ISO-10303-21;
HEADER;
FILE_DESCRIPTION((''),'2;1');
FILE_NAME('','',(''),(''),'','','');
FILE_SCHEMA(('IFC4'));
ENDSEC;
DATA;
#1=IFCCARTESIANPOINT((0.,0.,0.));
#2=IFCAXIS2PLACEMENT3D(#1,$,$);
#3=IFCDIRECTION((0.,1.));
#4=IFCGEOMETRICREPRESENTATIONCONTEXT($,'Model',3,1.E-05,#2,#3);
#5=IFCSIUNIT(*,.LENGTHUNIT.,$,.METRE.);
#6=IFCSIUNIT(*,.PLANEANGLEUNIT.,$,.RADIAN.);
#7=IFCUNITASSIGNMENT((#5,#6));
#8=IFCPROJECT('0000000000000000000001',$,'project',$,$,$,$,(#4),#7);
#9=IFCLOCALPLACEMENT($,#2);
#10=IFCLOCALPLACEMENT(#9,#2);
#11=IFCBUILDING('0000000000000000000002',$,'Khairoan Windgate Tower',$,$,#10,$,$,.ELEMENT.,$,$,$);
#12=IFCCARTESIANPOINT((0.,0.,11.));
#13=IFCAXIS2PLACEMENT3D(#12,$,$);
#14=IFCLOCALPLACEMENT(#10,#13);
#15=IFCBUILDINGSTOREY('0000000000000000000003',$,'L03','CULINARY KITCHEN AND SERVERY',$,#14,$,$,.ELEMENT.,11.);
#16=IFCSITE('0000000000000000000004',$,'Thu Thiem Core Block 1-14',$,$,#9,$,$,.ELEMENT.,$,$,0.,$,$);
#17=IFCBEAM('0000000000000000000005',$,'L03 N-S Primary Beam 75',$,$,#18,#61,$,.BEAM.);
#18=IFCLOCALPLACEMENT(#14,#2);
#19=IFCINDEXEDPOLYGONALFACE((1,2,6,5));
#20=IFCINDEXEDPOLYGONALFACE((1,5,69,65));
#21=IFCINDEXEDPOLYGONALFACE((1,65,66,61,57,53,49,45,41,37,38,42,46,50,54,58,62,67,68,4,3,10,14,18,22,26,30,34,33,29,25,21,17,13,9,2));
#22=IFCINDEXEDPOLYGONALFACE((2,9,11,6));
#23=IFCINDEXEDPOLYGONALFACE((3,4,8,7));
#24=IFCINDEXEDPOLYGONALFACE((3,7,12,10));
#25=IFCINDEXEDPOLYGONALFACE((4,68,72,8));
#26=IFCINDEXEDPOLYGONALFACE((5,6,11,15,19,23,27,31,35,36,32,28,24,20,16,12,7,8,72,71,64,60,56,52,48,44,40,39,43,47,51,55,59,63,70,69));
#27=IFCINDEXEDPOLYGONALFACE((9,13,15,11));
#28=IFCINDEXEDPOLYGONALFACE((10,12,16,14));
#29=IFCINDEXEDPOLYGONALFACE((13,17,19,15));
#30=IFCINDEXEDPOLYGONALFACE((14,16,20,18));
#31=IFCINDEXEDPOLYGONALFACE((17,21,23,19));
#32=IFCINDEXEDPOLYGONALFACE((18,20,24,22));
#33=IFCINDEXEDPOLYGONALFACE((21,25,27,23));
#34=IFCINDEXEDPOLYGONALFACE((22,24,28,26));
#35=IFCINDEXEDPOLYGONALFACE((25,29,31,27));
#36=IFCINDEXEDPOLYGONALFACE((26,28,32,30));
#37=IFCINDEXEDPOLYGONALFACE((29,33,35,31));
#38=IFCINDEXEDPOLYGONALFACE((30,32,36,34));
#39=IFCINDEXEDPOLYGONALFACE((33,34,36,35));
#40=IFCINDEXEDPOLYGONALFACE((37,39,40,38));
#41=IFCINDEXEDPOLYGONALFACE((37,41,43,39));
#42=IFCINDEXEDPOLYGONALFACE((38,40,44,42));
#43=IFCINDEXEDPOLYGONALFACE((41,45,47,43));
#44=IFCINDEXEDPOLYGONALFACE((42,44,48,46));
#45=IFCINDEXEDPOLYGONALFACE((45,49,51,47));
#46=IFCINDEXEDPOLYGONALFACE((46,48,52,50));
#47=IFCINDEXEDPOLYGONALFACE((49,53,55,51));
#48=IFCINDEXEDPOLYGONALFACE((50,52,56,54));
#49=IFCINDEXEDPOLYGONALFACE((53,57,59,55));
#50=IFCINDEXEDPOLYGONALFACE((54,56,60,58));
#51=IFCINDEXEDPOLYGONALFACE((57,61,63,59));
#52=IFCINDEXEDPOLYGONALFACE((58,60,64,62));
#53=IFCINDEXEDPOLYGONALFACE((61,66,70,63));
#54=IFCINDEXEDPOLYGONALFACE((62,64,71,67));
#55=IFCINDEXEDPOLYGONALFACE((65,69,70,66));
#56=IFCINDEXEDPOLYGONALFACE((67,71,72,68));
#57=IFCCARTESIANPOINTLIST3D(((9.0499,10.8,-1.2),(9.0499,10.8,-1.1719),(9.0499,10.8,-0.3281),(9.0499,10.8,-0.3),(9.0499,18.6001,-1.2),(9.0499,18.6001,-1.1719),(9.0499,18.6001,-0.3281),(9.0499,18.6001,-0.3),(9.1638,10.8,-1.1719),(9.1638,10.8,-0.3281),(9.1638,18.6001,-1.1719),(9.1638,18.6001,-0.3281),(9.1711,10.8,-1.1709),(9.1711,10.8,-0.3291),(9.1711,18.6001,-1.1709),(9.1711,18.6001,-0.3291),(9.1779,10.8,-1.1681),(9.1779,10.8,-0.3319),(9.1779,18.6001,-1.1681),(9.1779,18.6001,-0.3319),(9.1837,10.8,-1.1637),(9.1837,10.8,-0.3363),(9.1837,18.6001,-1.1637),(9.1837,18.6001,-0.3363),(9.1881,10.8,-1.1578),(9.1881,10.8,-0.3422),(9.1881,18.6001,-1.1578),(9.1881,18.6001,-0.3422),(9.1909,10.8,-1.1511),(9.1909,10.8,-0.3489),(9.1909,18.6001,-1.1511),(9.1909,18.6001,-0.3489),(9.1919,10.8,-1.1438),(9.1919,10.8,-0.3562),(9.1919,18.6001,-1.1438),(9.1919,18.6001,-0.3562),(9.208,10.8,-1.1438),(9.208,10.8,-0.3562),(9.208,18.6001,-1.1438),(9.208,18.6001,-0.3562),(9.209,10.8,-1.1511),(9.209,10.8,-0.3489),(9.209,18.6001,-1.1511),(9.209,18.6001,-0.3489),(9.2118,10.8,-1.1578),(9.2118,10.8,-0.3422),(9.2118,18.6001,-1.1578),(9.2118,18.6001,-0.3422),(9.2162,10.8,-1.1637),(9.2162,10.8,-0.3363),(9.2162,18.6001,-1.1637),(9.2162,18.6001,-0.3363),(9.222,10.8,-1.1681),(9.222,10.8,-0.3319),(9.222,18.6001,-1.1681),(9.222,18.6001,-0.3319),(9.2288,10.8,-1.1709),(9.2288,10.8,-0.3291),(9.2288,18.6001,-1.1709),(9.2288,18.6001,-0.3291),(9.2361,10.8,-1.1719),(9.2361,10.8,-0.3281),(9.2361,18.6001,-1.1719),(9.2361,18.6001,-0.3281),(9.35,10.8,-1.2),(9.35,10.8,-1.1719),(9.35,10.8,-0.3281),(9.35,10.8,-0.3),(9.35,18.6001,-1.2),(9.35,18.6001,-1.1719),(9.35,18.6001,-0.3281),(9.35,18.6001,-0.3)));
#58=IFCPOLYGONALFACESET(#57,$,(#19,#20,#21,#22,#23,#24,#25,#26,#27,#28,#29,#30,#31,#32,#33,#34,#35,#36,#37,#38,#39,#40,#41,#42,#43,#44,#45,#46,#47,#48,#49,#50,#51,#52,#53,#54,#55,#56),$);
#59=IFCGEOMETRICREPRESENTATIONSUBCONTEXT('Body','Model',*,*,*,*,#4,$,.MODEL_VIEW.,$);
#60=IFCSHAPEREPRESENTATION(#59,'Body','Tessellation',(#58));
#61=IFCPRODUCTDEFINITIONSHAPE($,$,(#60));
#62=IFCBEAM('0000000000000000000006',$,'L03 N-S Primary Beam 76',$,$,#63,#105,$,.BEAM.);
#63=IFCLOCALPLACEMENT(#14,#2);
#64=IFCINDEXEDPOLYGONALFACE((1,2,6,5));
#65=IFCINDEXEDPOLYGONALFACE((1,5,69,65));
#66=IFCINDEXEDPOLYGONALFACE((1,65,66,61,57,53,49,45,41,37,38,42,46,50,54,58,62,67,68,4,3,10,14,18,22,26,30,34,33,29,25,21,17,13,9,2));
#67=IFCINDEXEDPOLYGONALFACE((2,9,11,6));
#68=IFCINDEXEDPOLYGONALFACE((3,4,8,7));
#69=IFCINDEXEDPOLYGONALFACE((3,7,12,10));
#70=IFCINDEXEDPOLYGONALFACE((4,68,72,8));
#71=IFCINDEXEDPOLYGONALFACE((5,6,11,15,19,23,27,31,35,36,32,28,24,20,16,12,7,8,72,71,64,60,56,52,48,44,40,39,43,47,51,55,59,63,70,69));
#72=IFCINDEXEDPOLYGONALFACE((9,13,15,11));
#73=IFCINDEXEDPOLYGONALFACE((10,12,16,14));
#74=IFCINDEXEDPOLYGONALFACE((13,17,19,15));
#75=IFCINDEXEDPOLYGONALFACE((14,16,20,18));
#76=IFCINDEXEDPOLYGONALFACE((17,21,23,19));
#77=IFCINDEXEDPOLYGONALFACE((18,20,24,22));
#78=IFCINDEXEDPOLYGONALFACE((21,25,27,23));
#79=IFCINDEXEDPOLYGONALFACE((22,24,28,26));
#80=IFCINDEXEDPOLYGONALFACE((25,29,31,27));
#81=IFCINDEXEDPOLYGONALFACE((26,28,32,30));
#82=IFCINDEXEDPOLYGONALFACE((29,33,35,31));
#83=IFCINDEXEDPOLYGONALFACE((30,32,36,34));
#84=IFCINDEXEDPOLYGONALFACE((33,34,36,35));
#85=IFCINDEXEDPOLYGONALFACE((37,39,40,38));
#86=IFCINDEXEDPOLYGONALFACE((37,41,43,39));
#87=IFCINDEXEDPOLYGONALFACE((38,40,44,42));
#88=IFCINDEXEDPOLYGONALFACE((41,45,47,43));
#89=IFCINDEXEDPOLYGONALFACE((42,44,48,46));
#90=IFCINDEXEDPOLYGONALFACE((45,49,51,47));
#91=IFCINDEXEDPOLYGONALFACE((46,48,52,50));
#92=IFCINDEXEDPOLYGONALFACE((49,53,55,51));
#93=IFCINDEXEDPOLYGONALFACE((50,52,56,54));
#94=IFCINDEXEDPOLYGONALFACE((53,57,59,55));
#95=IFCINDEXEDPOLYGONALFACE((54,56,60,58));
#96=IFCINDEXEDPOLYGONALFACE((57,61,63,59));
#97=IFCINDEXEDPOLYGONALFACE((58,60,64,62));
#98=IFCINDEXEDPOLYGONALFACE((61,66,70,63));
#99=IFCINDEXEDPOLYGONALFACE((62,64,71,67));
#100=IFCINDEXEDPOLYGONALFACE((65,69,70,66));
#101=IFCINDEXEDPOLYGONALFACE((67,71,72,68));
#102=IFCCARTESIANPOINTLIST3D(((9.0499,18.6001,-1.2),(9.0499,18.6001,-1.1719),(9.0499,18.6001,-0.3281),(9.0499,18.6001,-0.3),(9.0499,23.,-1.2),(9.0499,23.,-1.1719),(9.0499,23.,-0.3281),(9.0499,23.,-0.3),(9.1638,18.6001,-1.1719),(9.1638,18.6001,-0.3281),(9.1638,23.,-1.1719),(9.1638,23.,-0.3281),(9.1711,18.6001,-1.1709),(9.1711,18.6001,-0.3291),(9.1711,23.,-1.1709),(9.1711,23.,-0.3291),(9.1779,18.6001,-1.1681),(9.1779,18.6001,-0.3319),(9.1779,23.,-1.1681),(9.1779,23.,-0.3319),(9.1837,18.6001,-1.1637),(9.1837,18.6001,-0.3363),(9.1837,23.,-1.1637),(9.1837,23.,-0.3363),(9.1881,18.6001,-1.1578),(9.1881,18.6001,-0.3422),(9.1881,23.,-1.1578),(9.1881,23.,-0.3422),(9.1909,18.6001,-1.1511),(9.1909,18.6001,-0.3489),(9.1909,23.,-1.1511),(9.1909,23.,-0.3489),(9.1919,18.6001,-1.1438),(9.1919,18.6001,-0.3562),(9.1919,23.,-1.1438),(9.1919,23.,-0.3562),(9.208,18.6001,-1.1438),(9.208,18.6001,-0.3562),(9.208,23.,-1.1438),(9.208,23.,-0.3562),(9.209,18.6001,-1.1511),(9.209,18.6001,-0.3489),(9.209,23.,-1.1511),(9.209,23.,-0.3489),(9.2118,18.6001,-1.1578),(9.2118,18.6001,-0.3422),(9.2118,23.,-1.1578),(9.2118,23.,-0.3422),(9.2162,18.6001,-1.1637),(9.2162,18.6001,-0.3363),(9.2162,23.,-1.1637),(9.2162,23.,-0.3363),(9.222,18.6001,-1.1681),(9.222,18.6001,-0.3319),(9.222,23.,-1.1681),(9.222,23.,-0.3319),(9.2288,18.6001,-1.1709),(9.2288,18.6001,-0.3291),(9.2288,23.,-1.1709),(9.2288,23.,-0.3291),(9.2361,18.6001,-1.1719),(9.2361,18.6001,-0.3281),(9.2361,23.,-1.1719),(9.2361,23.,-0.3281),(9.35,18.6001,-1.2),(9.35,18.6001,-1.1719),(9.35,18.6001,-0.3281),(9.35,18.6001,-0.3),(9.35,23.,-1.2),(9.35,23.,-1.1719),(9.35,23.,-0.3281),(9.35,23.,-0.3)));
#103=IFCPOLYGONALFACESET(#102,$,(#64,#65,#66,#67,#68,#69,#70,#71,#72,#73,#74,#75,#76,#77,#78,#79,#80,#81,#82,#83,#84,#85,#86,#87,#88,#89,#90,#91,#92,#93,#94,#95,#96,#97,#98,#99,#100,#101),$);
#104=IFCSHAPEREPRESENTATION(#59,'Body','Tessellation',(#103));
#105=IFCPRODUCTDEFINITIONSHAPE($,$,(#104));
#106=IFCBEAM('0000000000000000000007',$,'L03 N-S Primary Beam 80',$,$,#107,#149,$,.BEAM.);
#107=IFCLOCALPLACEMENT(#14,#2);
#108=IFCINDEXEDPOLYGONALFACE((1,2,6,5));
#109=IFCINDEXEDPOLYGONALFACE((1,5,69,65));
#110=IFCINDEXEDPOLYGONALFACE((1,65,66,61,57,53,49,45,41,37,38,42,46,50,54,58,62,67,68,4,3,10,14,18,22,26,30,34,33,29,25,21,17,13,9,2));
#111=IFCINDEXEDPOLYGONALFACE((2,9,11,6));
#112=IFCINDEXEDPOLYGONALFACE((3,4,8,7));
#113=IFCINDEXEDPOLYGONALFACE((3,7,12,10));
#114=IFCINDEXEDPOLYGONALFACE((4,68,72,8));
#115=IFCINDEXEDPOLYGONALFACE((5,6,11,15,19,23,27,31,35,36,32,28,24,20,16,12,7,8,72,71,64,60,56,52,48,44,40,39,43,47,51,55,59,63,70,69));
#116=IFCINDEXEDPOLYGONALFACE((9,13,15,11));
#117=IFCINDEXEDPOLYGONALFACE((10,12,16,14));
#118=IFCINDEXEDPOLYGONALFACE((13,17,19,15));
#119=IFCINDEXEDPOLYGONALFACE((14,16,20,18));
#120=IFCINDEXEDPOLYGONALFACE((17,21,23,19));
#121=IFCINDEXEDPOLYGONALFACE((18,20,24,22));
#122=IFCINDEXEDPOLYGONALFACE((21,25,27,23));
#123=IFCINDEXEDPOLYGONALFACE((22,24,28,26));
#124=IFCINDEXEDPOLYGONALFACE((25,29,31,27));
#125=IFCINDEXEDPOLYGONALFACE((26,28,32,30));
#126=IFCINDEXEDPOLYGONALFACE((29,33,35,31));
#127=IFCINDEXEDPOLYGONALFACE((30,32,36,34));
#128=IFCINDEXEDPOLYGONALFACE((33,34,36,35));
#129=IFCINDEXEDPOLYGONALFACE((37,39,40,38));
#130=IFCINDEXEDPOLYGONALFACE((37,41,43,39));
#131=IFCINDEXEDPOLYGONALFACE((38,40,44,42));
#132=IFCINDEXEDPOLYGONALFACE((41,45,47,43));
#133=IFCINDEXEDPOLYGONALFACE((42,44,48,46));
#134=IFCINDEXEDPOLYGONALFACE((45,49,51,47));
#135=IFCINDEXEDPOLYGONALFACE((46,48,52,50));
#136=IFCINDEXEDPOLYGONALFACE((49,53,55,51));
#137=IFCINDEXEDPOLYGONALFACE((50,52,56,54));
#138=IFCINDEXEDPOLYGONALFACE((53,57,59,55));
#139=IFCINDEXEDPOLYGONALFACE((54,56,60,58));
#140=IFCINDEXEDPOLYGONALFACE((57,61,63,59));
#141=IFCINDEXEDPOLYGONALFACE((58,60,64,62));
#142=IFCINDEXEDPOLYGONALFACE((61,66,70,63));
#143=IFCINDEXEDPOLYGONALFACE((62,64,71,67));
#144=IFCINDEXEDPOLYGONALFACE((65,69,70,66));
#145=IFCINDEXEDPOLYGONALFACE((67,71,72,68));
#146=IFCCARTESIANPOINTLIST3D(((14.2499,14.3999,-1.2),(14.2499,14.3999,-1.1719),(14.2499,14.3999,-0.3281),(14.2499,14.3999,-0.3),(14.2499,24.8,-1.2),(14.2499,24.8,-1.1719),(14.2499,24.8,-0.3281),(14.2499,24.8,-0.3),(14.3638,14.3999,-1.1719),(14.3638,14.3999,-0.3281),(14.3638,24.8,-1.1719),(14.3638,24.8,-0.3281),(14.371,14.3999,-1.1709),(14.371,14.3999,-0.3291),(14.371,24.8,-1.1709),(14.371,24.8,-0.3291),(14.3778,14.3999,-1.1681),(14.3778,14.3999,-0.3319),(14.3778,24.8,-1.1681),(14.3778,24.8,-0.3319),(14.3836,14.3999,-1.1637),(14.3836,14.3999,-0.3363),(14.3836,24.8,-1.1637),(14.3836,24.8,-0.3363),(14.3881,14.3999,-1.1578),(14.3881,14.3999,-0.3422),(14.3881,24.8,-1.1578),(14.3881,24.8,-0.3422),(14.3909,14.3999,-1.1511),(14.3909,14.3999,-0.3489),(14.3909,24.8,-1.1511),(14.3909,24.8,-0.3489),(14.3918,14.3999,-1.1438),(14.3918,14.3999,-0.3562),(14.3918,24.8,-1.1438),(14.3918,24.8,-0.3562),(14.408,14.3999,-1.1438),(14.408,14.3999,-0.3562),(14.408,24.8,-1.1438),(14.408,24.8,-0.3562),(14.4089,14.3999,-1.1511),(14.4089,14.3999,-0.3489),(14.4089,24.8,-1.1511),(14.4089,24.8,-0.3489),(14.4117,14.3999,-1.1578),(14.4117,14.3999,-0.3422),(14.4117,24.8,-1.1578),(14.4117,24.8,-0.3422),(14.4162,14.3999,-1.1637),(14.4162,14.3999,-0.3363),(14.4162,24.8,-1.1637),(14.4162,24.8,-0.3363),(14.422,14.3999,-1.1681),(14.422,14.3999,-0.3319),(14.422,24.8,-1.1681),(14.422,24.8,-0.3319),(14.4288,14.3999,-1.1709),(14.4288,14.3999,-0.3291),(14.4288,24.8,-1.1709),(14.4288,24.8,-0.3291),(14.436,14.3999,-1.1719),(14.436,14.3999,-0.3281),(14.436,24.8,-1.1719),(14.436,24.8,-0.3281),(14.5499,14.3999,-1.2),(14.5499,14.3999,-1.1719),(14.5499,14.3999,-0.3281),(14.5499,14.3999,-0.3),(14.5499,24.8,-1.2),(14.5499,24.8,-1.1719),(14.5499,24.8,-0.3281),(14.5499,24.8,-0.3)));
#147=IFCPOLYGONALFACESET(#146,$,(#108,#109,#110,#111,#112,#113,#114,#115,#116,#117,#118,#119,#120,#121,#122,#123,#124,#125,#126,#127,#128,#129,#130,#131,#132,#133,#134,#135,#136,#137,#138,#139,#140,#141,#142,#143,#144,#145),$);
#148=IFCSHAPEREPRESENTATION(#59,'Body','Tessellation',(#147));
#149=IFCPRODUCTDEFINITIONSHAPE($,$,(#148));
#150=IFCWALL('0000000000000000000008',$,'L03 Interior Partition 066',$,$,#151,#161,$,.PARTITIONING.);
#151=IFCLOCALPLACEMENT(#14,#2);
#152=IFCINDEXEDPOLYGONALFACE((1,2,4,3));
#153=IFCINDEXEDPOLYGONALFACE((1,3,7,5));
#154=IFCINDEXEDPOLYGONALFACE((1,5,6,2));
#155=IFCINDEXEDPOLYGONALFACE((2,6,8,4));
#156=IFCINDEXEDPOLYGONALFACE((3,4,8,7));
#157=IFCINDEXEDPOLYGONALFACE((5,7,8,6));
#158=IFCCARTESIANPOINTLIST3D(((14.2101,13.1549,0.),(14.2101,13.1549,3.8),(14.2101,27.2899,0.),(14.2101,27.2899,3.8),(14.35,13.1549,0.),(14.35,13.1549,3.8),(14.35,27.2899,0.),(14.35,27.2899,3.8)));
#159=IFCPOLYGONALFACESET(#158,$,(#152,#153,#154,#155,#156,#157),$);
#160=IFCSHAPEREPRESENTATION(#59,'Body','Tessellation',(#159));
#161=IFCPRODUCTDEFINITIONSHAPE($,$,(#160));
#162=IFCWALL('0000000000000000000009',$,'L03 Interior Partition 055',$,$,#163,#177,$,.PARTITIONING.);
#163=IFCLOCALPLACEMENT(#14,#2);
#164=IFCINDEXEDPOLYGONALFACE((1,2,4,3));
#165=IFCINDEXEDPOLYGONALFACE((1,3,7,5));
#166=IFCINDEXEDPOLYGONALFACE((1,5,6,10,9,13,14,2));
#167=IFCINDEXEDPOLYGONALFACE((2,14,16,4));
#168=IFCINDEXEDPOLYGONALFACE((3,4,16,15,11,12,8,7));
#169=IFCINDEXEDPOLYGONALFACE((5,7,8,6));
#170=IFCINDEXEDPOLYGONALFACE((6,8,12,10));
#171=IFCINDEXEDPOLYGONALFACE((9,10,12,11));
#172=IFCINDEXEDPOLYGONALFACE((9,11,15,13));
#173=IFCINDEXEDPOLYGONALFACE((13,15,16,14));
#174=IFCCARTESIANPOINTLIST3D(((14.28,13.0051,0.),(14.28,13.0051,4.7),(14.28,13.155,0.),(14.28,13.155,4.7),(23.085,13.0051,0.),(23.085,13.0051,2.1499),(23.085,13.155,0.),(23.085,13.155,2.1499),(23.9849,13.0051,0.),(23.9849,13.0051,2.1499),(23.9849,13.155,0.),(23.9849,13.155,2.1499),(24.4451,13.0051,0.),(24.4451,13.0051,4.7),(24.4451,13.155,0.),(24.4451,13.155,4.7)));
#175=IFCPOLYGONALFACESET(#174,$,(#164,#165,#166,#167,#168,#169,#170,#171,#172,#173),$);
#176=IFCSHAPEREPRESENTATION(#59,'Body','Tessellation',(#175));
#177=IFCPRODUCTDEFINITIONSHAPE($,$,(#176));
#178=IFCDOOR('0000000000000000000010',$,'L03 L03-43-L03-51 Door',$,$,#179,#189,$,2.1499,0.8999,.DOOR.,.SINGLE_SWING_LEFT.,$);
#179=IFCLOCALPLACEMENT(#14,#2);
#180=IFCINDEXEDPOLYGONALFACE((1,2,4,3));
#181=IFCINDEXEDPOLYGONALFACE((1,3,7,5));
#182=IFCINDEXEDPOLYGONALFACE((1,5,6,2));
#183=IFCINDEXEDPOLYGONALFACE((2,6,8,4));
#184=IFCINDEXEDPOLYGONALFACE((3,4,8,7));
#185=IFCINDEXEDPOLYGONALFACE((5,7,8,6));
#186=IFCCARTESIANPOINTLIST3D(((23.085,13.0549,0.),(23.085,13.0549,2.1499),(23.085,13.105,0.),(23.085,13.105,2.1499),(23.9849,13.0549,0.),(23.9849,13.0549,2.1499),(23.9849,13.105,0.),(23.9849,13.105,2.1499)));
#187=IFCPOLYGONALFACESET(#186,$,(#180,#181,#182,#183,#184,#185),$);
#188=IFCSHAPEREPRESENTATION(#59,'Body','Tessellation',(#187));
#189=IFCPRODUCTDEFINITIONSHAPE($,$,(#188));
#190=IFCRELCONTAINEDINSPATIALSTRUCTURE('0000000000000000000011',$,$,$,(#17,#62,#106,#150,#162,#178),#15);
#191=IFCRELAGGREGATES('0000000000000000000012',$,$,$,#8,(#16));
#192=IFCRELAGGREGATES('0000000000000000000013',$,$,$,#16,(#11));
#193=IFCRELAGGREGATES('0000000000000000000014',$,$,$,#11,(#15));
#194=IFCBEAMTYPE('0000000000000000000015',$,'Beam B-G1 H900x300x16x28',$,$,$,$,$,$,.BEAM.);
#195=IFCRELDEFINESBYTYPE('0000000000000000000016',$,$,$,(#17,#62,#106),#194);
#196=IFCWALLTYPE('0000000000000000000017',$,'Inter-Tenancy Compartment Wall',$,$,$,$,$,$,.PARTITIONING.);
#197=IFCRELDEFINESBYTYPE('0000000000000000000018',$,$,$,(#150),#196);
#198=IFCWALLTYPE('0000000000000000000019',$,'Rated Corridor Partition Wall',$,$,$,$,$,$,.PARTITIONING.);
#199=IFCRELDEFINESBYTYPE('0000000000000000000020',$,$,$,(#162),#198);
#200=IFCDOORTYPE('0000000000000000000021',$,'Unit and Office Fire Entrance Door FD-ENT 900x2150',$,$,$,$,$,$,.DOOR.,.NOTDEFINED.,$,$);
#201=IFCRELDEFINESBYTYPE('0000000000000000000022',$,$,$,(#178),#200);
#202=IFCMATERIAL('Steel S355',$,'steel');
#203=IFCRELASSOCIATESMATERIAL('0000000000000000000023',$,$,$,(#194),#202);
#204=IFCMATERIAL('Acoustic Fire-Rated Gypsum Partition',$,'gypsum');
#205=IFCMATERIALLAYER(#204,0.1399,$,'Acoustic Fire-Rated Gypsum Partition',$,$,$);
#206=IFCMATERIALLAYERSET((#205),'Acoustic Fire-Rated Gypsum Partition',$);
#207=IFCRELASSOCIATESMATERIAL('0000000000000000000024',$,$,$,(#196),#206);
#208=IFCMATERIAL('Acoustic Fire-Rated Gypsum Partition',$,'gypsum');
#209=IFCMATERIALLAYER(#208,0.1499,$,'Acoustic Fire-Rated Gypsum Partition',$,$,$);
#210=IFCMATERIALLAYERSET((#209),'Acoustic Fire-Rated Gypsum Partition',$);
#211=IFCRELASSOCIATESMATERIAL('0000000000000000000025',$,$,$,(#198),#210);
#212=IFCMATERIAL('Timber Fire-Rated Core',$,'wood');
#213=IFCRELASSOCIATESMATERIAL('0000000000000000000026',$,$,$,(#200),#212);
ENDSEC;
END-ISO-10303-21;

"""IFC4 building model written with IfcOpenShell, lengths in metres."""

from ifc_helpers import new_model, si_unit, direction, frame, frame_2d, origin, origin_2d, place, context, subcontext, project, spatial, rectangle, i_section, extrude, material, layer, layer_set, material_profile, profile_set, type_object, element, fill, save


model = new_model("IFC4")

# Units and contexts
model_context = context("Model", 3, precision=1e-05, world=origin(), true_north=direction((0.0, 1.0)))
body_context = subcontext(model_context, "Body", "Model", "MODEL_VIEW")
ifc_project = project(units=[si_unit("LENGTHUNIT", "METRE"), si_unit("PLANEANGLEUNIT", "RADIAN")], contexts=[model_context])

# Site, building, storey
site_placement = place(None, origin())
site = spatial("IfcSite", under=ifc_project, at=site_placement, Name="Thu Thiem Core Block 1-14", CompositionType="ELEMENT", RefElevation=0.0)
building_placement = place(site_placement, origin())
building = spatial("IfcBuilding", under=site, at=building_placement, Name="Khairoan Windgate Tower", CompositionType="ELEMENT")
storey_placement = place(building_placement, frame((0.0, 0.0, 11.0)))
storey = spatial("IfcBuildingStorey", under=building, at=storey_placement, Name="L03", Description="CULINARY KITCHEN AND SERVERY", CompositionType="ELEMENT", Elevation=11.0)

# Beams
ifc_material_1 = material(Name="Steel S355", Category="steel")
ifc_material_profile_1 = material_profile(ifc_material_1, i_section(OverallWidth=0.3, OverallDepth=0.8999, WebThickness=0.0161, FlangeThickness=0.0281, FilletRadius=0.0281, at=origin_2d()))
ifc_profile_set_1 = profile_set([ifc_material_profile_1], Name="Steel S355")
beam_type = type_object("IfcBeamType", Name="Beam B-G1 H900x300x16x28", PredefinedType="BEAM", material=ifc_profile_set_1)
beam_1_placement = place(storey_placement, frame((9.2, 10.8, -0.75), z_axis=(0.0, 1.0, 0.0), x_axis=(-1.0, 0.0, 0.0)))
element("IfcBeam", 1, at=beam_1_placement, inside=storey, type_object=beam_type, Name="L03 N-S Primary Beam 75", PredefinedType="BEAM", context=body_context, shape_type="SweptSolid", body=[
    extrude(i_section(OverallWidth=0.3, OverallDepth=0.8999, WebThickness=0.0161, FlangeThickness=0.0281, FilletRadius=0.0281, at=origin_2d()), origin(), (0.0, 0.0, 1.0), 7.8),
])
beam_2_placement = place(storey_placement, frame((9.2, 18.6001, -0.75), z_axis=(0.0, 1.0, 0.0), x_axis=(-1.0, 0.0, 0.0)))
element("IfcBeam", 2, at=beam_2_placement, inside=storey, type_object=beam_type, Name="L03 N-S Primary Beam 76", PredefinedType="BEAM", context=body_context, shape_type="SweptSolid", body=[
    extrude(i_section(OverallWidth=0.3, OverallDepth=0.8999, WebThickness=0.0161, FlangeThickness=0.0281, FilletRadius=0.0281, at=origin_2d()), origin(), (0.0, 0.0, 1.0), 4.3999),
])
beam_3_placement = place(storey_placement, frame((14.3999, 14.3999, -0.75), z_axis=(0.0, 1.0, 0.0), x_axis=(-1.0, 0.0, 0.0)))
element("IfcBeam", 3, at=beam_3_placement, inside=storey, type_object=beam_type, Name="L03 N-S Primary Beam 80", PredefinedType="BEAM", context=body_context, shape_type="SweptSolid", body=[
    extrude(i_section(OverallWidth=0.3, OverallDepth=0.8999, WebThickness=0.0161, FlangeThickness=0.0281, FilletRadius=0.0281, at=origin_2d()), origin(), (0.0, 0.0, 1.0), 10.4001),
])

# Wall
ifc_material_2 = material(Name="Acoustic Fire-Rated Gypsum Partition", Category="gypsum")
ifc_layer_1 = layer(ifc_material_2, 0.1399, Name="Acoustic Fire-Rated Gypsum Partition")
ifc_layer_set_1 = layer_set([ifc_layer_1], Name="Acoustic Fire-Rated Gypsum Partition")
wall_type_1 = type_object("IfcWallType", Name="Inter-Tenancy Compartment Wall", PredefinedType="PARTITIONING", material=ifc_layer_set_1)
wall_1_placement = place(storey_placement, frame((14.28, 13.155, 0.0), z_axis=(0.0, 0.0, 1.0), x_axis=(0.0, 1.0, 0.0)))
element("IfcWall", 4, at=wall_1_placement, inside=storey, type_object=wall_type_1, Name="L03 Interior Partition 066", PredefinedType="PARTITIONING", context=body_context, shape_type="SweptSolid", body=[
    extrude(rectangle(XDim=14.135, YDim=0.1399, at=frame_2d((7.0674, 0.0))), origin(), (0.0, 0.0, 1.0), 3.8),
])

# Wall, opening, door
ifc_material_3 = material(Name="Acoustic Fire-Rated Gypsum Partition", Category="gypsum")
ifc_layer_2 = layer(ifc_material_3, 0.1499, Name="Acoustic Fire-Rated Gypsum Partition")
ifc_layer_set_2 = layer_set([ifc_layer_2], Name="Acoustic Fire-Rated Gypsum Partition")
wall_type_2 = type_object("IfcWallType", Name="Rated Corridor Partition Wall", PredefinedType="PARTITIONING", material=ifc_layer_set_2)
wall_2_placement = place(storey_placement, frame((14.28, 13.0801, 0.0), z_axis=(0.0, 0.0, 1.0), x_axis=(1.0, 0.0, 0.0)))
wall_2 = element("IfcWall", 5, at=wall_2_placement, inside=storey, type_object=wall_type_2, Name="L03 Interior Partition 055", PredefinedType="PARTITIONING", context=body_context, shape_type="SweptSolid", body=[
    extrude(rectangle(XDim=10.165, YDim=0.1499, at=frame_2d((5.0825, 0.0))), origin(), (0.0, 0.0, 1.0), 4.7),
])
opening_1_placement = place(wall_2_placement, frame((8.8049, 0.0, 0.0)))
opening_1 = element("IfcOpeningElement", 6, at=opening_1_placement, cuts=wall_2, PredefinedType="OPENING", context=body_context, shape_type="SweptSolid", body=[
    extrude(rectangle(XDim=0.8999, YDim=2.1499, at=frame_2d((0.45, 1.075))), frame((0.0, 0.085, 0.0), z_axis=(0.0, -1.0, 0.0), x_axis=(1.0, 0.0, 0.0)), (0.0, 0.0, 1.0), 0.1699),
])
ifc_material_4 = material(Name="Timber Fire-Rated Core", Category="wood")
door_type = type_object("IfcDoorType", Name="Unit and Office Fire Entrance Door FD-ENT 900x2150", OperationType="NOTDEFINED", PredefinedType="DOOR", material=ifc_material_4)
door_1_placement = place(opening_1_placement, origin())
door_1 = element("IfcDoor", 7, at=door_1_placement, inside=storey, type_object=door_type, Name="L03 L03-43-L03-51 Door", OperationType="SINGLE_SWING_LEFT", OverallHeight=2.1499, OverallWidth=0.8999, PredefinedType="DOOR", context=body_context, shape_type="SweptSolid", body=[
    extrude(rectangle(XDim=0.8999, YDim=2.1499, at=frame_2d((0.45, 1.075))), frame((0.0, 0.0249, 0.0), z_axis=(0.0, -1.0, 0.0), x_axis=(1.0, 0.0, 0.0)), (0.0, 0.0, 1.0), 0.05),
])
fill(opening_1, door_1)

save(model, "model.ifc")
